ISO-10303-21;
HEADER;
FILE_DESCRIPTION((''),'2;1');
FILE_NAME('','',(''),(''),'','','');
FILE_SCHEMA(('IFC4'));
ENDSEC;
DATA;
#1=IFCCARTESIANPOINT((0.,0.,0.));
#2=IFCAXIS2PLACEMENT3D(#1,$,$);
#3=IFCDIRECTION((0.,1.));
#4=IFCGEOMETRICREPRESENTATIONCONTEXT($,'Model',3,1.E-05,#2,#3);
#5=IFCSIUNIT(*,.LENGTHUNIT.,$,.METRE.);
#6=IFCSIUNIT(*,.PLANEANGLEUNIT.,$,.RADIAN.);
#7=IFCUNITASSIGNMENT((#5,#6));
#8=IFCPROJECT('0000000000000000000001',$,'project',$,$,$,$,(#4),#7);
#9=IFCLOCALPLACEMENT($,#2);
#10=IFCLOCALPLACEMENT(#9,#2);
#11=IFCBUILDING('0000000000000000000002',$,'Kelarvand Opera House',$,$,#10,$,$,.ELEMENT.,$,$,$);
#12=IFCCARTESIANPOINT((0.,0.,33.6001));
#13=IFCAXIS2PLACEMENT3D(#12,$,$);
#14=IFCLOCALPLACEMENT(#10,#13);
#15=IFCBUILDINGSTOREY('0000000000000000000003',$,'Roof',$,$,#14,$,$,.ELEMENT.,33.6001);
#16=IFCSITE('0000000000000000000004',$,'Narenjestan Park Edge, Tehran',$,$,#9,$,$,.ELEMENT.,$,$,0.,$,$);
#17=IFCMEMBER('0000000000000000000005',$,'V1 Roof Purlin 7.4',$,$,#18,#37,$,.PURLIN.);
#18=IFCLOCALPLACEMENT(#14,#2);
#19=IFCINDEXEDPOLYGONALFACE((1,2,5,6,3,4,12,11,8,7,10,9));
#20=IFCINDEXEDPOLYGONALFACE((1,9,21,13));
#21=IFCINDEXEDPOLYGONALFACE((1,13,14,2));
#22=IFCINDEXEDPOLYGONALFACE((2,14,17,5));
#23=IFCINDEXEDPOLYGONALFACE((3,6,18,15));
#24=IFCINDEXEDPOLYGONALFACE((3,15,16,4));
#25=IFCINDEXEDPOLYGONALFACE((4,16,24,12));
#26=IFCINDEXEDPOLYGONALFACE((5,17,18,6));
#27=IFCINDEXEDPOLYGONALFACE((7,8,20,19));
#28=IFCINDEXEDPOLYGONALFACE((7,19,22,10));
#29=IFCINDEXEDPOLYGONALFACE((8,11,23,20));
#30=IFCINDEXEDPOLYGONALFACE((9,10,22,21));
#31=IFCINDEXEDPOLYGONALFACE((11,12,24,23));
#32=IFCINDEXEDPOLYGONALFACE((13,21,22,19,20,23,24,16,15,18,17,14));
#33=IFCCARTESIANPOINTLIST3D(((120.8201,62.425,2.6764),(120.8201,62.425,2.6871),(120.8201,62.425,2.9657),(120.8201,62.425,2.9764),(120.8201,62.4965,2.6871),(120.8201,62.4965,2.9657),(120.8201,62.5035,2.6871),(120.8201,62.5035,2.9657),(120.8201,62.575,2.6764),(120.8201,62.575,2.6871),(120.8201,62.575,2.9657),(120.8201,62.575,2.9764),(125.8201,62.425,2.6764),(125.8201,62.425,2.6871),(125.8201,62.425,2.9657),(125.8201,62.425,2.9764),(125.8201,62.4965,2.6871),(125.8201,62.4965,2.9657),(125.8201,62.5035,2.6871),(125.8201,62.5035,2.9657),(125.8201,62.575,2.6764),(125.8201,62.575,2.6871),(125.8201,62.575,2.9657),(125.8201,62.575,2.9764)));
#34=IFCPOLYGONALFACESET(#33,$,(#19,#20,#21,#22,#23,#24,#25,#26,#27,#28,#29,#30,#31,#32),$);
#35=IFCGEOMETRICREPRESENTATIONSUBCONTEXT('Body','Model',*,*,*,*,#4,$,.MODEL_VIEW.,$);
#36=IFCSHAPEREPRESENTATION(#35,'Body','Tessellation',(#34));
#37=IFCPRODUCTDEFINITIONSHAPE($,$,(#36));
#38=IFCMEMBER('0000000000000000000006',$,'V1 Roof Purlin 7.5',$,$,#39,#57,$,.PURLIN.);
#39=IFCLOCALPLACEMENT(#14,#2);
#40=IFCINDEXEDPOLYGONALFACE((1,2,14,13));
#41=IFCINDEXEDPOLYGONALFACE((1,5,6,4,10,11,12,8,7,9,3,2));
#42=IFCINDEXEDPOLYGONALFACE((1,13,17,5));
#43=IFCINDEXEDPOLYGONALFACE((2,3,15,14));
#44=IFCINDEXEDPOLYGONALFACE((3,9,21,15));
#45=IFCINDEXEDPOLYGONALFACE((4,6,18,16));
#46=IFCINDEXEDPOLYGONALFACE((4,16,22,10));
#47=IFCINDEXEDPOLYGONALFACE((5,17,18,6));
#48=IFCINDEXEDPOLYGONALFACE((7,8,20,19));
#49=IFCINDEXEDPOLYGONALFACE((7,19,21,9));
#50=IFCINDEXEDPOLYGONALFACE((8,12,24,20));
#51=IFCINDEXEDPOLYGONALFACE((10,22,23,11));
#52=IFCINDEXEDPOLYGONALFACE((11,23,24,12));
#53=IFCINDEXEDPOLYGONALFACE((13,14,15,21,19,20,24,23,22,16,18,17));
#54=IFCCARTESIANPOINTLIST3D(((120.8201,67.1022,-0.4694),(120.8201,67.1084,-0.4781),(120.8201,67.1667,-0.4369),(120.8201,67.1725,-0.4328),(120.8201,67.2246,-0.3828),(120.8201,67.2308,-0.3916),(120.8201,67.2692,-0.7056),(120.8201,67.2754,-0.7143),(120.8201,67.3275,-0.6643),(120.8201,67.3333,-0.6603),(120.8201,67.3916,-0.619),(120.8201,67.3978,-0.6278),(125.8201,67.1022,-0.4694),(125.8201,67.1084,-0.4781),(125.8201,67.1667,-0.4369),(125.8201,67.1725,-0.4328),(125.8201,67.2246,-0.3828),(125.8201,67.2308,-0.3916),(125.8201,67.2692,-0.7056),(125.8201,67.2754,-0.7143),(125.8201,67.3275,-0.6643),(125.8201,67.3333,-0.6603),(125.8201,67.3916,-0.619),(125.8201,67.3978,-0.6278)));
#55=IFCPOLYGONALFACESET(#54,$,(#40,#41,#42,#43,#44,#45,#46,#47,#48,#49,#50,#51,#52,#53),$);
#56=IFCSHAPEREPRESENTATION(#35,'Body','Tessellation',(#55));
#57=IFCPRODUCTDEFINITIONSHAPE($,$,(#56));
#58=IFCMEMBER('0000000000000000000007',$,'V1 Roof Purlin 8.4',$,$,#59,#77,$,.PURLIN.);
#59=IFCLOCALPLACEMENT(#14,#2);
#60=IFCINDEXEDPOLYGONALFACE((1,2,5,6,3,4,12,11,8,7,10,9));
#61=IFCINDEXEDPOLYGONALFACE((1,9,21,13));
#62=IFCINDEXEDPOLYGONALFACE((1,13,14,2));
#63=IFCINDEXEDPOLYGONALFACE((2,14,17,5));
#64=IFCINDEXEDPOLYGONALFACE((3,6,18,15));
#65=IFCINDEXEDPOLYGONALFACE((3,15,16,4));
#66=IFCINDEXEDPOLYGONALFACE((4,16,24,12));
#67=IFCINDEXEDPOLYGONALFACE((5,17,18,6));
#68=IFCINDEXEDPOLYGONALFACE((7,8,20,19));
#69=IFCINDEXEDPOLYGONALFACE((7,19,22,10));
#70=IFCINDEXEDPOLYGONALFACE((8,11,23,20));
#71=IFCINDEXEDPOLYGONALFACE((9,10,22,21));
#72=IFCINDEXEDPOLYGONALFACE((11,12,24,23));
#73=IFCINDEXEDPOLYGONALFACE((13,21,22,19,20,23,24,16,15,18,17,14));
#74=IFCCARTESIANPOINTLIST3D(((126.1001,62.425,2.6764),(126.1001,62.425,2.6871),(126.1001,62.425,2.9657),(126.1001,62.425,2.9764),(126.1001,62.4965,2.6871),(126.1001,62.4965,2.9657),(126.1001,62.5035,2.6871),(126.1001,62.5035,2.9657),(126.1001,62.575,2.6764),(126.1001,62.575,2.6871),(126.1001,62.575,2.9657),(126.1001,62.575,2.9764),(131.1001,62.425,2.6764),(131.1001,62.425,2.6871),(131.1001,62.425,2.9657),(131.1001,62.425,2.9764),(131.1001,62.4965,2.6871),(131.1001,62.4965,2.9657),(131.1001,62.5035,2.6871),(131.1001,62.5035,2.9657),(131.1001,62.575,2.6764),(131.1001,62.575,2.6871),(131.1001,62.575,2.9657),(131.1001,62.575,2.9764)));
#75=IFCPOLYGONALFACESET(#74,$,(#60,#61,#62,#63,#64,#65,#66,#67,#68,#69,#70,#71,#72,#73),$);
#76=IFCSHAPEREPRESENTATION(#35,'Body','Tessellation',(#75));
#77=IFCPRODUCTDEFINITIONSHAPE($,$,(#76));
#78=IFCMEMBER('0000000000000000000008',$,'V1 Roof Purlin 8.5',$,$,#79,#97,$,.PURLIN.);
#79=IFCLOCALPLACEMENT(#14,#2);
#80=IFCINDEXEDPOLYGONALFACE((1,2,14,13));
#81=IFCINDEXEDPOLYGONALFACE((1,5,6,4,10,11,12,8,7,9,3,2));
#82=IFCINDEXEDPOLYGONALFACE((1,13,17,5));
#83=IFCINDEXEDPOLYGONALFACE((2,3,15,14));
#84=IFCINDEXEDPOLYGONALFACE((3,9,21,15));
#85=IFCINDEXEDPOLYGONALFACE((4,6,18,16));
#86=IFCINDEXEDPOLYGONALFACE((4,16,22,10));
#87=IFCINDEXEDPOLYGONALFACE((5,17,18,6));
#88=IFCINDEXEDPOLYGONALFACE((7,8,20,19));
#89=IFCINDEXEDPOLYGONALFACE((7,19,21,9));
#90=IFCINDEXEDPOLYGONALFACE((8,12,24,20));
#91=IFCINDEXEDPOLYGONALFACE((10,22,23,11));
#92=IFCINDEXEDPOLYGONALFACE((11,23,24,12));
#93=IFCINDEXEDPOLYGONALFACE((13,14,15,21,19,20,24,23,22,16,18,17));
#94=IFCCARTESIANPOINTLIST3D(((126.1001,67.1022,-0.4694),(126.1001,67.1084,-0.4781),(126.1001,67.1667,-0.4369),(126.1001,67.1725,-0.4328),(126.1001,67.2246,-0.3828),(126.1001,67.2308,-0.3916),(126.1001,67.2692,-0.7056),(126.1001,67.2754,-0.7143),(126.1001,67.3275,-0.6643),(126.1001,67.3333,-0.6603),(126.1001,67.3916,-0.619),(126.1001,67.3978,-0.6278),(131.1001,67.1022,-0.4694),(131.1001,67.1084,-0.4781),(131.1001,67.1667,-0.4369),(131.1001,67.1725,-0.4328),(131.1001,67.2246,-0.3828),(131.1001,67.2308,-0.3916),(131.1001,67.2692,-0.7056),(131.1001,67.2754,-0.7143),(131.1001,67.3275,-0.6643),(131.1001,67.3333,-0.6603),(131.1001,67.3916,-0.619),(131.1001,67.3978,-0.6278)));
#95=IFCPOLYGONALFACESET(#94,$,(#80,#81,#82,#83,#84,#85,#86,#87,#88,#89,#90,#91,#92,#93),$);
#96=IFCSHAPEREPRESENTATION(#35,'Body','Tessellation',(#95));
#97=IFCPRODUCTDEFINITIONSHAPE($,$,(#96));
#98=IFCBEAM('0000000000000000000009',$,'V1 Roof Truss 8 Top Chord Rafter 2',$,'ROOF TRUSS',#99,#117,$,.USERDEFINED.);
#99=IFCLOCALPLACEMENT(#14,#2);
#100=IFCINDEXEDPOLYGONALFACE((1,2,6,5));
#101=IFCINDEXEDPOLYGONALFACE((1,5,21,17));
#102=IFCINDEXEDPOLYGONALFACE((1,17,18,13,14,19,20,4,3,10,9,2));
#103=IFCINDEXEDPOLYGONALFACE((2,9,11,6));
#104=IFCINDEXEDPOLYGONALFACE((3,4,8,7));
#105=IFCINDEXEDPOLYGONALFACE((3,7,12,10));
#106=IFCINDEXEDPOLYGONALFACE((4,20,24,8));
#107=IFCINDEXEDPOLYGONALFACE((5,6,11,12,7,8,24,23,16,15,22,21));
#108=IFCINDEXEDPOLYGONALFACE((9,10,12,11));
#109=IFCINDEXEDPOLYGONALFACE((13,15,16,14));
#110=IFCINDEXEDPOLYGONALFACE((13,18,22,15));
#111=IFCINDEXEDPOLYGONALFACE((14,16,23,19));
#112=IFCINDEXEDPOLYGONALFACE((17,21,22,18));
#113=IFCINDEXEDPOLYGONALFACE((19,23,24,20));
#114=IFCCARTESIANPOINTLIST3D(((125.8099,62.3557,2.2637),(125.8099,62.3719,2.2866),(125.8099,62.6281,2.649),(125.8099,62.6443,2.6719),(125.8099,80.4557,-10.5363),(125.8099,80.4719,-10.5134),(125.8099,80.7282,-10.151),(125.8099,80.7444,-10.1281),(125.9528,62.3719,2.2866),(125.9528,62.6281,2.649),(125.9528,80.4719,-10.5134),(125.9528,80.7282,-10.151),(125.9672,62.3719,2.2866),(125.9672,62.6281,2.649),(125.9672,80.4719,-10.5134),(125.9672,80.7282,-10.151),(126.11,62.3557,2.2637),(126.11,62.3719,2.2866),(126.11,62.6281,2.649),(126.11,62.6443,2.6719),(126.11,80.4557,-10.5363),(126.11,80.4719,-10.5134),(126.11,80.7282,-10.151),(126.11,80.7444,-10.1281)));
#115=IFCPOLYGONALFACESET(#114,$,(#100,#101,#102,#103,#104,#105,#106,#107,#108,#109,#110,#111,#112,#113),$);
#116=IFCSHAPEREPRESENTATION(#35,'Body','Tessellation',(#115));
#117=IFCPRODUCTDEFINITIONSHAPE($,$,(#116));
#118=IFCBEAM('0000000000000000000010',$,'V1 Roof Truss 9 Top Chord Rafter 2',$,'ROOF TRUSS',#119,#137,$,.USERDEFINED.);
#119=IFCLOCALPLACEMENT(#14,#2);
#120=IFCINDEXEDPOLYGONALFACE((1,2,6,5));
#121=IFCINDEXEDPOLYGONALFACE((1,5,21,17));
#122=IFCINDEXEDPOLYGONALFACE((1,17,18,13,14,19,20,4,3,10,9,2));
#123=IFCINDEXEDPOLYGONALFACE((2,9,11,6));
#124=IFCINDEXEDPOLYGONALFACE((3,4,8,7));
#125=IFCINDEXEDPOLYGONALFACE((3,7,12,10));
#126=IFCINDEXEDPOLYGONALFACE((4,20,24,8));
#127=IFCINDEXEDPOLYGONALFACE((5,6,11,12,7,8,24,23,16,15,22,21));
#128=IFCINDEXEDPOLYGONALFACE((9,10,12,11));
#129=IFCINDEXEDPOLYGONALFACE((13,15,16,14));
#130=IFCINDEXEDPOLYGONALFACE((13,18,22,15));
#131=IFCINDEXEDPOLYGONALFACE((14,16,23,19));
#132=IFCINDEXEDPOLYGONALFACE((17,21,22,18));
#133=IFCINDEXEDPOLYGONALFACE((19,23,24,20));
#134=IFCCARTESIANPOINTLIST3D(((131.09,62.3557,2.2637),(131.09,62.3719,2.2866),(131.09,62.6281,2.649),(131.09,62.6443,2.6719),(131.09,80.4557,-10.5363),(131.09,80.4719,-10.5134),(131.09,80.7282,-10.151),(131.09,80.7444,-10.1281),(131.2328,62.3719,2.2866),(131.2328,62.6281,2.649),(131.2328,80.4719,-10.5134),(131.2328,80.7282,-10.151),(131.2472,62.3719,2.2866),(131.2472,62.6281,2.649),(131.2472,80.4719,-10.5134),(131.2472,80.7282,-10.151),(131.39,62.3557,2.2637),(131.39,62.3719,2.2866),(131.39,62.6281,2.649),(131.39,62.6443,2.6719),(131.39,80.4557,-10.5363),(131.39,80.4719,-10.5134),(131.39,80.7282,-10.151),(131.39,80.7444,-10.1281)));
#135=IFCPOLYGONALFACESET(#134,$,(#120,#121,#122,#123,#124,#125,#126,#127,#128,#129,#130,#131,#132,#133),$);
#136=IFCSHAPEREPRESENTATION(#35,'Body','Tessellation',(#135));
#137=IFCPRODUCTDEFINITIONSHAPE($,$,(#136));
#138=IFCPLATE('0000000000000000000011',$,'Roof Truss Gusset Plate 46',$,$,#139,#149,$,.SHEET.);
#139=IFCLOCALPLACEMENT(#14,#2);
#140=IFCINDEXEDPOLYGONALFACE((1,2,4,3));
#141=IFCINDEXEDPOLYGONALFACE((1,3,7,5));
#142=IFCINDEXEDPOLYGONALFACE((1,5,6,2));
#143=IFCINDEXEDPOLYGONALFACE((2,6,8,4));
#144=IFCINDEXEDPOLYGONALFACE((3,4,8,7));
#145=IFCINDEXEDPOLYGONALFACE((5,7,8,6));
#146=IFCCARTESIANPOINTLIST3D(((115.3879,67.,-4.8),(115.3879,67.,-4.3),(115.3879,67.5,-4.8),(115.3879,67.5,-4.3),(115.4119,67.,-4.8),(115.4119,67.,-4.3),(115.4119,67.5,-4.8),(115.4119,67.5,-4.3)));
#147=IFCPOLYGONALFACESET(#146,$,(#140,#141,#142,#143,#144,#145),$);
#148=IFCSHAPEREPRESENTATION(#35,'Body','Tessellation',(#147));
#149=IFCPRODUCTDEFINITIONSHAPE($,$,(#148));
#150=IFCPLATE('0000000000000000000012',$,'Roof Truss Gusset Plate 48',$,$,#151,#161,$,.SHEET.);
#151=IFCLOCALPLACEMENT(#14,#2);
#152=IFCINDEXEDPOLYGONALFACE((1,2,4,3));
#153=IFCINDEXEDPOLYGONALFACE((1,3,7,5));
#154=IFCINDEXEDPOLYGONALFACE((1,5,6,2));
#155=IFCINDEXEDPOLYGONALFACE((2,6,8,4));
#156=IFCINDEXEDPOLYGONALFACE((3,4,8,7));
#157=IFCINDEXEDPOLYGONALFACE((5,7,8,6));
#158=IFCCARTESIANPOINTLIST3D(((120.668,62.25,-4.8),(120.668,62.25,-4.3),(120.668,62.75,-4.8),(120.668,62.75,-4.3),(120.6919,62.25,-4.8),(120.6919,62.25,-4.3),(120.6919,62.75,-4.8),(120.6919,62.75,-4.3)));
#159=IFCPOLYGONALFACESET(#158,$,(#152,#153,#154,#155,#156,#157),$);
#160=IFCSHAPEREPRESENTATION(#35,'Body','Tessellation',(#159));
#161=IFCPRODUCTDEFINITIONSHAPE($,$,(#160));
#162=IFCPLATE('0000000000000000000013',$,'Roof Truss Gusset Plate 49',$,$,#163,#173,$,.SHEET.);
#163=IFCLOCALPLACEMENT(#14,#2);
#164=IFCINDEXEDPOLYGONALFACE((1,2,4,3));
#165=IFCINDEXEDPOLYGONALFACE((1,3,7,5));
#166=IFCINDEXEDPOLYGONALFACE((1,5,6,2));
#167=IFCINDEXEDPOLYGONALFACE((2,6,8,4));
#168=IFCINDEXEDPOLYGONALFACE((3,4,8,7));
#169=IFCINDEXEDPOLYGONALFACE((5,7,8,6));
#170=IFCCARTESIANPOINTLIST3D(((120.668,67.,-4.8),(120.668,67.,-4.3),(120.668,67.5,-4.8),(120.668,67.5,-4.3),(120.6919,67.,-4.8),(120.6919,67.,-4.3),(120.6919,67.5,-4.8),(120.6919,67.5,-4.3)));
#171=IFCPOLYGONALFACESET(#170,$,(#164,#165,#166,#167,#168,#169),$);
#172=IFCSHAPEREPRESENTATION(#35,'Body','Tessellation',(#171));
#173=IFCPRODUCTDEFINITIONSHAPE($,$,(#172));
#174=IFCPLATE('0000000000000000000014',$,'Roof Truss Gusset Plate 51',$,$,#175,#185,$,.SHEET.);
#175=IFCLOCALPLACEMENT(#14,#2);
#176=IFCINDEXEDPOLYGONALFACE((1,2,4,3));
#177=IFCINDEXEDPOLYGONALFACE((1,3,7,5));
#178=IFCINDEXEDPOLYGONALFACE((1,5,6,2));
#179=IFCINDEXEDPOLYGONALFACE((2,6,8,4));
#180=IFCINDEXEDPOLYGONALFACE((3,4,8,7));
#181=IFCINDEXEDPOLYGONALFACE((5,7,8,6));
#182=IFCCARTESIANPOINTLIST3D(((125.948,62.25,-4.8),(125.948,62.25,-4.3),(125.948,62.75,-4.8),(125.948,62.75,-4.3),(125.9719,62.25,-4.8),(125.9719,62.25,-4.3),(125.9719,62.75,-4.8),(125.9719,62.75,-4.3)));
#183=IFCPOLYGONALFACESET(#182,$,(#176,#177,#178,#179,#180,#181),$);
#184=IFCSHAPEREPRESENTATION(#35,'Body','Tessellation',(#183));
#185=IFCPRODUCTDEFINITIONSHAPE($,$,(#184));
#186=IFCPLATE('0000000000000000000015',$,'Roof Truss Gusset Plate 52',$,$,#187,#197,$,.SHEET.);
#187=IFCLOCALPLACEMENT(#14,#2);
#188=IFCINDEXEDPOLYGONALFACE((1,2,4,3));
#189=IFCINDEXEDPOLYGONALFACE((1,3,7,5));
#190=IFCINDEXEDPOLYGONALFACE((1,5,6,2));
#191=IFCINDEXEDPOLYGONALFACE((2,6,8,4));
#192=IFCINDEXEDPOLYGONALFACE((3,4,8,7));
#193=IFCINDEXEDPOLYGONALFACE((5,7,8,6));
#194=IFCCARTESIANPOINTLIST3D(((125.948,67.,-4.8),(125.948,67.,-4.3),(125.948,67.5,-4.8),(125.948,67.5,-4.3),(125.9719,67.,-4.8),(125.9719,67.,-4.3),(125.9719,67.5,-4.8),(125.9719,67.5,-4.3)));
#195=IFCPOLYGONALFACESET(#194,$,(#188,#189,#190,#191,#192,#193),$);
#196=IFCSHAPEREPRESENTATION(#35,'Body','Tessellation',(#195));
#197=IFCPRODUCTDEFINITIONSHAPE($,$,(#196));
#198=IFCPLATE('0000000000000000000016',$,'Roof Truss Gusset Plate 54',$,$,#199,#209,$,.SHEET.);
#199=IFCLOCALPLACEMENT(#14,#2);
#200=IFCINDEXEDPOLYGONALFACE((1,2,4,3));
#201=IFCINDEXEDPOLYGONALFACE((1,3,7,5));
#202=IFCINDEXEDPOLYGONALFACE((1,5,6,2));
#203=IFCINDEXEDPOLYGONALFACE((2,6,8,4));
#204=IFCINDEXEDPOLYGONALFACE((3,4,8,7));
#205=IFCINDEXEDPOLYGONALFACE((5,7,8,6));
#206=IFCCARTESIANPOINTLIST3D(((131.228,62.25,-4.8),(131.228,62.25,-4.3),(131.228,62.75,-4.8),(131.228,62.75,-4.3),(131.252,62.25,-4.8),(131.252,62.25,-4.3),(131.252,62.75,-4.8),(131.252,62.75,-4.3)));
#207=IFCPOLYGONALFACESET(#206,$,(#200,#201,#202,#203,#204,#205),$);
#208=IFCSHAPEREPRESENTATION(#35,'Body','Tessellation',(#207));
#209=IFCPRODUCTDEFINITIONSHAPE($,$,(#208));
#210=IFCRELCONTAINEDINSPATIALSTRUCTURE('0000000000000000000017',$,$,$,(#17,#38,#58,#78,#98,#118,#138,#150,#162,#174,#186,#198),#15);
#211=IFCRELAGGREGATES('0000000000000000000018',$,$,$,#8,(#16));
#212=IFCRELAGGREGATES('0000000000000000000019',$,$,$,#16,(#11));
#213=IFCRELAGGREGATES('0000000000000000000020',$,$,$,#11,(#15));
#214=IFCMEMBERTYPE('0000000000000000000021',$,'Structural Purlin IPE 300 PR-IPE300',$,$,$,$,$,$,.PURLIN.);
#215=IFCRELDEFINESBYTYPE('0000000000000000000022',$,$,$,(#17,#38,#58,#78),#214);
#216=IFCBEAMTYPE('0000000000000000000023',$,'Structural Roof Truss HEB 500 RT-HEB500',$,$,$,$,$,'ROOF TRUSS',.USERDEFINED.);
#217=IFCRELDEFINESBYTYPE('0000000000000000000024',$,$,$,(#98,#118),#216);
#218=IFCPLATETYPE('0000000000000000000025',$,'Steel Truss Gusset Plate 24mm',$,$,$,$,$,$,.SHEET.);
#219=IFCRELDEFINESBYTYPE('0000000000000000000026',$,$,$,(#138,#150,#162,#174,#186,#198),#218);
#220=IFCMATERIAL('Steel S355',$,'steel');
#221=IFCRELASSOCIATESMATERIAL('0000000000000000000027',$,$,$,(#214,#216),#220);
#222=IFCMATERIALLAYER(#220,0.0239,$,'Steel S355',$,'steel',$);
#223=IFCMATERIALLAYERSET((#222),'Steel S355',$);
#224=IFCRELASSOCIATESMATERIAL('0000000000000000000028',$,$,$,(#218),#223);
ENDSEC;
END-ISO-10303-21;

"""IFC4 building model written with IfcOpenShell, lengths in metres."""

from ifc_helpers import new_model, si_unit, direction, frame, origin, origin_2d, place, context, subcontext, project, spatial, rectangle, i_section, extrude, material, layer, layer_set, material_profile, profile_set, type_object, element, save


model = new_model("IFC4")

# Units and contexts
model_context = context("Model", 3, precision=1e-05, world=origin(), true_north=direction((0.0, 1.0)))
body_context = subcontext(model_context, "Body", "Model", "MODEL_VIEW")
ifc_project = project(units=[si_unit("LENGTHUNIT", "METRE"), si_unit("PLANEANGLEUNIT", "RADIAN")], contexts=[model_context])

# Site, building, storey
site_placement = place(None, origin())
site = spatial("IfcSite", under=ifc_project, at=site_placement, Name="Narenjestan Park Edge, Tehran", CompositionType="ELEMENT", RefElevation=0.0)
building_placement = place(site_placement, origin())
building = spatial("IfcBuilding", under=site, at=building_placement, Name="Kelarvand Opera House", CompositionType="ELEMENT")
storey_placement = place(building_placement, frame((0.0, 0.0, 33.6001)))
storey = spatial("IfcBuildingStorey", under=building, at=storey_placement, Name="Roof", CompositionType="ELEMENT", Elevation=33.6001)

# Members
ifc_material = material(Name="Steel S355", Category="steel")
ifc_material_profile_1 = material_profile(ifc_material, i_section(OverallWidth=0.1499, OverallDepth=0.3, WebThickness=0.0071, FlangeThickness=0.0107, at=origin_2d()), Name="IPE 300", Category="steel")
ifc_profile_set_1 = profile_set([ifc_material_profile_1], Name="Steel S355")
member_type_1 = type_object("IfcMemberType", Name="Structural Purlin IPE 300 PR-IPE300", PredefinedType="PURLIN", material=ifc_profile_set_1)
for number, where, z_axis, x_axis, name in (
    (1, (120.8201, 62.5, 2.8264), (1.0, 0.0, 0.0), (0.0, 1.0, 0.0), "V1 Roof Purlin 7.4"),
    (2, (120.8201, 67.25, -0.5486), (1.0, 0.0, 0.0), (0.0, 0.81644, 0.57743), "V1 Roof Purlin 7.5"),
    (3, (126.1001, 62.5, 2.8264), (1.0, 0.0, 0.0), (0.0, 1.0, 0.0), "V1 Roof Purlin 8.4"),
    (4, (126.1001, 67.25, -0.5486), (1.0, 0.0, 0.0), (0.0, 0.81644, 0.57743), "V1 Roof Purlin 8.5"),
):
    element("IfcMember", number, at=place(storey_placement, frame(where, z_axis=z_axis, x_axis=x_axis)), inside=storey, type_object=member_type_1, Name=name, PredefinedType="PURLIN", context=body_context, shape_type="SweptSolid", body=[
        extrude(i_section(OverallWidth=0.1499, OverallDepth=0.3, WebThickness=0.0071, FlangeThickness=0.0107, at=origin_2d()), origin(), (0.0, 0.0, 1.0), 5.0),
    ])

# Beams
ifc_material_profile_2 = material_profile(ifc_material, i_section(OverallWidth=0.3, OverallDepth=0.5, WebThickness=0.0144, FlangeThickness=0.0281, at=origin_2d()), Name="HEB 500", Category="steel")
ifc_profile_set_2 = profile_set([ifc_material_profile_2], Name="Steel S355")
beam_type = type_object("IfcBeamType", Name="Structural Roof Truss HEB 500 RT-HEB500", ElementType="ROOF TRUSS", PredefinedType="USERDEFINED", material=ifc_profile_set_2)
for number, where, z_axis, x_axis, name in (
    (5, (125.96, 62.5, 2.4678), (0.0, 0.816468, -0.577391), (-1.0, 0.0, 0.0), "V1 Roof Truss 8 Top Chord Rafter 2"),
    (6, (131.24, 62.5, 2.4678), (0.0, 0.816468, -0.577391), (-1.0, 0.0, 0.0), "V1 Roof Truss 9 Top Chord Rafter 2"),
):
    element("IfcBeam", number, at=place(storey_placement, frame(where, z_axis=z_axis, x_axis=x_axis)), inside=storey, type_object=beam_type, Name=name, ObjectType="ROOF TRUSS", PredefinedType="USERDEFINED", context=body_context, shape_type="SweptSolid", body=[
        extrude(i_section(OverallWidth=0.3, OverallDepth=0.5, WebThickness=0.0144, FlangeThickness=0.0281, at=origin_2d()), origin(), (0.0, 0.0, 1.0), 22.1687),
    ])

# Plates
ifc_layer = layer(ifc_material, 0.0239, Name="Steel S355", Category="steel")
ifc_layer_set = layer_set([ifc_layer], Name="Steel S355")
plate_type = type_object("IfcPlateType", Name="Steel Truss Gusset Plate 24mm", PredefinedType="SHEET", material=ifc_layer_set)
for number, where, z_axis, x_axis, name in (
    (7, (115.3999, 67.25, -4.8), (0.0, 0.0, 1.0), (1.0, 0.0, 0.0), "Roof Truss Gusset Plate 46"),
    (8, (120.6799, 62.5, -4.8), (0.0, 0.0, 1.0), (1.0, 0.0, 0.0), "Roof Truss Gusset Plate 48"),
    (9, (120.6799, 67.25, -4.8), (0.0, 0.0, 1.0), (1.0, 0.0, 0.0), "Roof Truss Gusset Plate 49"),
    (10, (125.96, 62.5, -4.8), (0.0, 0.0, 1.0), (1.0, 0.0, 0.0), "Roof Truss Gusset Plate 51"),
    (11, (125.96, 67.25, -4.8), (0.0, 0.0, 1.0), (1.0, 0.0, 0.0), "Roof Truss Gusset Plate 52"),
    (12, (131.24, 62.5, -4.8), (0.0, 0.0, 1.0), (1.0, 0.0, 0.0), "Roof Truss Gusset Plate 54"),
):
    element("IfcPlate", number, at=place(storey_placement, frame(where, z_axis=z_axis, x_axis=x_axis)), inside=storey, type_object=plate_type, Name=name, PredefinedType="SHEET", context=body_context, shape_type="SweptSolid", body=[
        extrude(rectangle(XDim=0.0239, YDim=0.5, at=origin_2d()), origin(), (0.0, 0.0, 1.0), 0.5),
    ])

save(model, "model.ifc")
